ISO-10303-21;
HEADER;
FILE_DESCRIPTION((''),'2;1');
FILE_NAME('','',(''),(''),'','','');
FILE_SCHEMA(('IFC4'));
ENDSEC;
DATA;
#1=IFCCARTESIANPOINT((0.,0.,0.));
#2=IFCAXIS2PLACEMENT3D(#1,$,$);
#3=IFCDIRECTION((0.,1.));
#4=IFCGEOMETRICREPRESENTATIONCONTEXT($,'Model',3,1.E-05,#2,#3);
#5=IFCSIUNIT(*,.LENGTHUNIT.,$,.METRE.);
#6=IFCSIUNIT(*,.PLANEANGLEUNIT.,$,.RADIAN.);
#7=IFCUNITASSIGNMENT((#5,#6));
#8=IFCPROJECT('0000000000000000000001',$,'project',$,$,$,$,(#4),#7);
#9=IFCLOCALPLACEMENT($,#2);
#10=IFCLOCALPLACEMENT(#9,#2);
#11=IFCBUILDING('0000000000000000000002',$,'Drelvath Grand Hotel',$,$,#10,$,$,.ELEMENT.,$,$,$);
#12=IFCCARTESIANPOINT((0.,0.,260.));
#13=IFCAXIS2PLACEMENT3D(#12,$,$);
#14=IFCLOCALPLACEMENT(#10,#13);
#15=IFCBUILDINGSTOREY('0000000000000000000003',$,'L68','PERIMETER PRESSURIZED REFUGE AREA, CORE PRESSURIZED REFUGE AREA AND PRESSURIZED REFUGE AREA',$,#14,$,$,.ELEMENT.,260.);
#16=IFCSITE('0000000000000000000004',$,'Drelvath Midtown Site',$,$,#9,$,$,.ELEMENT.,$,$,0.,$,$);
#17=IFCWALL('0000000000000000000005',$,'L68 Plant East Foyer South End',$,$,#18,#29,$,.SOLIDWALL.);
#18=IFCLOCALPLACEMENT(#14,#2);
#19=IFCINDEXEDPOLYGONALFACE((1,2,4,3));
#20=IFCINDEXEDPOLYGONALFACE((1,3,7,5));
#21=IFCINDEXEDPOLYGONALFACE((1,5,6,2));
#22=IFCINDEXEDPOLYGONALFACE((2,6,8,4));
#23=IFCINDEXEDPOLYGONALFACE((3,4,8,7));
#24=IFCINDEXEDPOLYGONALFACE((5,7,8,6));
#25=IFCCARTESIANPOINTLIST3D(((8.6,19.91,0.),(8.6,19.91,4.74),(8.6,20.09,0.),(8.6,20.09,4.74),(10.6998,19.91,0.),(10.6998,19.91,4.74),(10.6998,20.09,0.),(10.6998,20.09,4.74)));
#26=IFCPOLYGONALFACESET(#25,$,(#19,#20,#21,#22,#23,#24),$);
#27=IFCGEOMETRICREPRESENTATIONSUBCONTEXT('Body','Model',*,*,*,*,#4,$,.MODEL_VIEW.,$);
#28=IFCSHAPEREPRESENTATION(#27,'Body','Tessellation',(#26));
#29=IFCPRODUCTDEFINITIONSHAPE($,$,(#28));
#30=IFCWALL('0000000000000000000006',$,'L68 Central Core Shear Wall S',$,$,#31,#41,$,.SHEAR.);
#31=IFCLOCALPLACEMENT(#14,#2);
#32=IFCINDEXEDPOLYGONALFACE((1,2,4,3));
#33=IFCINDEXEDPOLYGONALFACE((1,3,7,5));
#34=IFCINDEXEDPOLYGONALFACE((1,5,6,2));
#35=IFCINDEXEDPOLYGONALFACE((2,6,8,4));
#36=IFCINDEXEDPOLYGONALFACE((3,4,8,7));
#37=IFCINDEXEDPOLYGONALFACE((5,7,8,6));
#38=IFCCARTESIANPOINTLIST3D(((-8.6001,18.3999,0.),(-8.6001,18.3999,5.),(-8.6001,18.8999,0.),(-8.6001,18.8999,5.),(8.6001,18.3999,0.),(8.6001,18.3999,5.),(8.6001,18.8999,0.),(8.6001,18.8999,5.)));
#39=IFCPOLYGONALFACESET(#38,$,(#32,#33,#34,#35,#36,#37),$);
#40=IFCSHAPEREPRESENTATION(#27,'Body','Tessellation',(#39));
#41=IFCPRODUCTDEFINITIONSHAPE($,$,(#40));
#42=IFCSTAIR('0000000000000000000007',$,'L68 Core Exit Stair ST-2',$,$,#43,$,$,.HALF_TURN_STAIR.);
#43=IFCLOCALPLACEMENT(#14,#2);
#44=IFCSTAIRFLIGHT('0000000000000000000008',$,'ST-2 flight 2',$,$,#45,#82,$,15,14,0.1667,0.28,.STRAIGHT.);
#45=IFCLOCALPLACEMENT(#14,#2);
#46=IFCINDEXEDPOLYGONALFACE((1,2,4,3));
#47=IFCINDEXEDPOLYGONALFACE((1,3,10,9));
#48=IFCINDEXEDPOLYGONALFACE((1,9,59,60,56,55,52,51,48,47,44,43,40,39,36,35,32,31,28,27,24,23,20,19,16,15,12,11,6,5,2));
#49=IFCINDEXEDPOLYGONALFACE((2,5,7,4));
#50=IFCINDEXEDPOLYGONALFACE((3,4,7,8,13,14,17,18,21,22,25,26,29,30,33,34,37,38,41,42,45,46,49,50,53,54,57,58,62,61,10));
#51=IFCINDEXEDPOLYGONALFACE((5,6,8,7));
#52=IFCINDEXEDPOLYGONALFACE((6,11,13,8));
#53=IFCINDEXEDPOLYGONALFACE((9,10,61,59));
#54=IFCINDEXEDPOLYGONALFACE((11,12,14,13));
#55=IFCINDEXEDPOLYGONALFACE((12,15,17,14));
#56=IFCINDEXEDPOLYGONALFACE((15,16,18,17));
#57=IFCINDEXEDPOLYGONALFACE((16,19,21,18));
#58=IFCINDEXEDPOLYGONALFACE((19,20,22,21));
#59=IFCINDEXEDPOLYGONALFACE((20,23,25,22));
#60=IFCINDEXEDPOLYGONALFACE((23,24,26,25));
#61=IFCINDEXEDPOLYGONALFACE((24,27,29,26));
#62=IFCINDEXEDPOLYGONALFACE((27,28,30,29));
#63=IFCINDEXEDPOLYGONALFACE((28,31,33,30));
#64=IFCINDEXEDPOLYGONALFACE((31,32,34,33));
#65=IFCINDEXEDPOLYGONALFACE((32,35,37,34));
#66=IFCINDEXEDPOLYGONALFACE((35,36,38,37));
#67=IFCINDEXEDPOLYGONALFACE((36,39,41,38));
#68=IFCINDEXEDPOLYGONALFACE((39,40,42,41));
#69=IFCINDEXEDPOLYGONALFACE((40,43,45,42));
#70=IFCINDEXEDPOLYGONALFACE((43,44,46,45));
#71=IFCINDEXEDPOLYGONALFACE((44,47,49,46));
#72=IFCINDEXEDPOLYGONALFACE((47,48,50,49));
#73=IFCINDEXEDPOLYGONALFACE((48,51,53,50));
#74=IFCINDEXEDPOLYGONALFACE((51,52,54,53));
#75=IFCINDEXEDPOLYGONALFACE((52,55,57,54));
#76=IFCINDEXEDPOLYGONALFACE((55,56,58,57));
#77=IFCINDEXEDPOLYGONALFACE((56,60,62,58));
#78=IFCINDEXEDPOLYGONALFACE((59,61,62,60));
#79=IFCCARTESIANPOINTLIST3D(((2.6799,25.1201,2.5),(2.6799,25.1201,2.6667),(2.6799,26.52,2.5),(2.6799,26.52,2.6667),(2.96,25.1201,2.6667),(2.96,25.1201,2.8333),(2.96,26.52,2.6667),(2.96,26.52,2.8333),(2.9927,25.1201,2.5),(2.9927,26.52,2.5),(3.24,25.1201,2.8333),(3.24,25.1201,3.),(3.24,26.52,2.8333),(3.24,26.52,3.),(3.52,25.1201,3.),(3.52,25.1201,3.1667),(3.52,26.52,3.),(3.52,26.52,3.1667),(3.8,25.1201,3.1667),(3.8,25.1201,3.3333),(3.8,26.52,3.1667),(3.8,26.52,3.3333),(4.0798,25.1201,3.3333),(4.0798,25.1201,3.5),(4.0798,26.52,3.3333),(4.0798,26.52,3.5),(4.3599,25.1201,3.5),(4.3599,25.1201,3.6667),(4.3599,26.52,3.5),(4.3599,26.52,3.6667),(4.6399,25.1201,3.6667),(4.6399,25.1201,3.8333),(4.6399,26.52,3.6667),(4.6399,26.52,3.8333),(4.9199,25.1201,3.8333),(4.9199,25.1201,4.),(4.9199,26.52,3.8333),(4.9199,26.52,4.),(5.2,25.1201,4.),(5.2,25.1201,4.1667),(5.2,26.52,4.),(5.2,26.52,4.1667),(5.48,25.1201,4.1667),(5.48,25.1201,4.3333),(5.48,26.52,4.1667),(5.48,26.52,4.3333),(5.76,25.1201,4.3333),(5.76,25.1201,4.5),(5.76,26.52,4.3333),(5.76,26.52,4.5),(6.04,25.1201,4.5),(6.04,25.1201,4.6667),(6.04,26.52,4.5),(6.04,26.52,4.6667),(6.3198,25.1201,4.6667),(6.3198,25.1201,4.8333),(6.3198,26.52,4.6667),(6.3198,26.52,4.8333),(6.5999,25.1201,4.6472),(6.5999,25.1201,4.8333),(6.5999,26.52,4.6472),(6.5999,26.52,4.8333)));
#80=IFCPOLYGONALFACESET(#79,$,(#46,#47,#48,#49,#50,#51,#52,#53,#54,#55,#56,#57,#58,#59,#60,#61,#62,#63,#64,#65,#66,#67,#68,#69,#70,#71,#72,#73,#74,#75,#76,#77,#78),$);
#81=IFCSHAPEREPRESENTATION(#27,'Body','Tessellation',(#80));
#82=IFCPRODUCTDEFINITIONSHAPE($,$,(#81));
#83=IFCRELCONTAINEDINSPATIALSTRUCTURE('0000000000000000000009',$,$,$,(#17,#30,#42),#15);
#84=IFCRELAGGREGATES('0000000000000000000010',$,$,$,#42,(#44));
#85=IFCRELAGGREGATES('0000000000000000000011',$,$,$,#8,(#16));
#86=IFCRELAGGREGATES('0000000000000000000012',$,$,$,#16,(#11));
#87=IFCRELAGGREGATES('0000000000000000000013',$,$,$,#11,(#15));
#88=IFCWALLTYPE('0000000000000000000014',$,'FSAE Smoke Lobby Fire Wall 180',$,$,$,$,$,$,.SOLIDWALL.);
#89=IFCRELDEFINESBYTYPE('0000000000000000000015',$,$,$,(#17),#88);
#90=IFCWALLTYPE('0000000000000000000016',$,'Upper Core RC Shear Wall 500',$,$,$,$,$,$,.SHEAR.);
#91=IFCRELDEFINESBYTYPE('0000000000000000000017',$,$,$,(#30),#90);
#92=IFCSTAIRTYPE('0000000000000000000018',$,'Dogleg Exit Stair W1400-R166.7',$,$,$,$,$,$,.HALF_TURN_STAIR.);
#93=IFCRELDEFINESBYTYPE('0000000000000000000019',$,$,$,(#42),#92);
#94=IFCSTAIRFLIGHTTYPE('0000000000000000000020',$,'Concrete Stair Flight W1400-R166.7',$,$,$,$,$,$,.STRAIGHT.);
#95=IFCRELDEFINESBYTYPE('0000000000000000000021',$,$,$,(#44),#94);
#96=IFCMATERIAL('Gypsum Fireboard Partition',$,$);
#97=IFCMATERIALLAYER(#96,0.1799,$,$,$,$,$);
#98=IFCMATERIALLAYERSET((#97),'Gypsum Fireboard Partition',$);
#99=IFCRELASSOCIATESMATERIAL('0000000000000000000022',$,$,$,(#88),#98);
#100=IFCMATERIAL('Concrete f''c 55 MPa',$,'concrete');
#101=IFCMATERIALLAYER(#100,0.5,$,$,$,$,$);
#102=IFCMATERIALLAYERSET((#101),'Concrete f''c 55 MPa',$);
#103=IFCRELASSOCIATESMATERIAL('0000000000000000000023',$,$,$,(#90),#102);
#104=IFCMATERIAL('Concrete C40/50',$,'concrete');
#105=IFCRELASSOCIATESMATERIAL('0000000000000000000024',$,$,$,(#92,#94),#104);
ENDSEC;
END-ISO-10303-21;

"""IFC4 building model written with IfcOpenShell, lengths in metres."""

from ifc_helpers import new_model, si_unit, direction, frame, frame_2d, origin, place, context, subcontext, project, spatial, polyline, rectangle, outline, extrude, material, layer, layer_set, type_object, element, aggregate, save


model = new_model("IFC4")

# Units and contexts
model_context = context("Model", 3, precision=1e-05, world=origin(), true_north=direction((0.0, 1.0)))
body_context = subcontext(model_context, "Body", "Model", "MODEL_VIEW")
ifc_project = project(units=[si_unit("LENGTHUNIT", "METRE"), si_unit("PLANEANGLEUNIT", "RADIAN")], contexts=[model_context])

# Site, building, storey
site_placement = place(None, origin())
site = spatial("IfcSite", under=ifc_project, at=site_placement, Name="Drelvath Midtown Site", CompositionType="ELEMENT", RefElevation=0.0)
building_placement = place(site_placement, origin())
building = spatial("IfcBuilding", under=site, at=building_placement, Name="Drelvath Grand Hotel", CompositionType="ELEMENT")
storey_placement = place(building_placement, frame((0.0, 0.0, 260.0)))
storey = spatial("IfcBuildingStorey", under=building, at=storey_placement, Name="L68", Description="PERIMETER PRESSURIZED REFUGE AREA, CORE PRESSURIZED REFUGE AREA AND PRESSURIZED REFUGE AREA", CompositionType="ELEMENT", Elevation=260.0)

# Shared definitions
ifc_material_1 = material(Name="Concrete f'c 55 MPa", Category="concrete")

# Shared definitions
ifc_material_2 = material(Name="Concrete C40/50", Category="concrete")
ifc_material_3 = material(Name="Gypsum Fireboard Partition")
ifc_layer_1 = layer(ifc_material_3, 0.1799)
ifc_layer_set_1 = layer_set([ifc_layer_1], Name="Gypsum Fireboard Partition")
wall_type_1 = type_object("IfcWallType", Name="FSAE Smoke Lobby Fire Wall 180", PredefinedType="SOLIDWALL", material=ifc_layer_set_1)

# Walls
wall_1_placement = place(storey_placement, frame((8.6001, 20.0, 0.0), z_axis=(0.0, 0.0, 1.0), x_axis=(1.0, 0.0, 0.0)))
element("IfcWall", 1, at=wall_1_placement, inside=storey, type_object=wall_type_1, Name="L68 Plant East Foyer South End", PredefinedType="SOLIDWALL", context=body_context, shape_type="SweptSolid", body=[
    extrude(rectangle(XDim=2.0999, YDim=0.1799, at=frame_2d((1.0498, 0.0))), origin(), (0.0, 0.0, 1.0), 4.74),
])
ifc_layer_2 = layer(ifc_material_1, 0.5)
ifc_layer_set_2 = layer_set([ifc_layer_2], Name="Concrete f'c 55 MPa")
wall_type_2 = type_object("IfcWallType", Name="Upper Core RC Shear Wall 500", PredefinedType="SHEAR", material=ifc_layer_set_2)
wall_2_placement = place(storey_placement, frame((8.6001, 18.6499, 0.0), z_axis=(0.0, 0.0, 1.0), x_axis=(-1.0, 0.0, 0.0)))
element("IfcWall", 2, at=wall_2_placement, inside=storey, type_object=wall_type_2, Name="L68 Central Core Shear Wall S", PredefinedType="SHEAR", context=body_context, shape_type="SweptSolid", body=[
    extrude(rectangle(XDim=17.2002, YDim=0.5, at=frame_2d((8.6001, 0.0))), origin(), (0.0, 0.0, 1.0), 5.0),
])

# Stair, stair flight
stair_type = type_object("IfcStairType", Name="Dogleg Exit Stair W1400-R166.7", PredefinedType="HALF_TURN_STAIR", material=ifc_material_2)
stair_placement = place(storey_placement, origin())
stair = element("IfcStair", 3, at=stair_placement, inside=storey, type_object=stair_type, Name="L68 Core Exit Stair ST-2", PredefinedType="HALF_TURN_STAIR")
stair_flight_type = type_object("IfcStairFlightType", Name="Concrete Stair Flight W1400-R166.7", PredefinedType="STRAIGHT", material=ifc_material_2)
stair_flight_placement = place(storey_placement, frame((2.6799, 25.8201, 2.5), z_axis=(0.0, 0.0, 1.0), x_axis=(1.0, 0.0, 0.0)))
stair_flight = element("IfcStairFlight", 4, at=stair_flight_placement, type_object=stair_flight_type, Name="ST-2 flight 2", NumberOfRisers=15, NumberOfTreads=14, PredefinedType="STRAIGHT", RiserHeight=0.1667, TreadLength=0.28, context=body_context, shape_type="SweptSolid", body=[
    extrude(outline(polyline([(0.0, 0.0), (0.0, 0.1667), (0.28, 0.1667), (0.28, 0.3333), (0.5601, 0.3333), (0.5601, 0.5), (0.8401, 0.5), (0.8401, 0.6667), (1.1201, 0.6667), (1.1201, 0.8333), (1.3999, 0.8333), (1.3999, 1.0), (1.6799, 1.0), (1.6799, 1.1667), (1.96, 1.1667), (1.96, 1.3333), (2.24, 1.3333), (2.24, 1.5), (2.52, 1.5), (2.52, 1.6667), (2.8, 1.6667), (2.8, 1.8333), (3.0801, 1.8333), (3.0801, 2.0), (3.3601, 2.0), (3.3601, 2.1667), (3.6399, 2.1667), (3.6399, 2.3333), (3.9199, 2.3333), (3.9199, 2.5), (3.9199, 2.1472), (0.3127, 0.0), (0.0, 0.0)])), frame((0.0, 0.7, 0.0), z_axis=(0.0, -1.0, 0.0), x_axis=(1.0, 0.0, 0.0)), (0.0, 0.0, 1.0), 1.3999),
])
aggregate(stair, [stair_flight])

save(model, "model.ifc")
